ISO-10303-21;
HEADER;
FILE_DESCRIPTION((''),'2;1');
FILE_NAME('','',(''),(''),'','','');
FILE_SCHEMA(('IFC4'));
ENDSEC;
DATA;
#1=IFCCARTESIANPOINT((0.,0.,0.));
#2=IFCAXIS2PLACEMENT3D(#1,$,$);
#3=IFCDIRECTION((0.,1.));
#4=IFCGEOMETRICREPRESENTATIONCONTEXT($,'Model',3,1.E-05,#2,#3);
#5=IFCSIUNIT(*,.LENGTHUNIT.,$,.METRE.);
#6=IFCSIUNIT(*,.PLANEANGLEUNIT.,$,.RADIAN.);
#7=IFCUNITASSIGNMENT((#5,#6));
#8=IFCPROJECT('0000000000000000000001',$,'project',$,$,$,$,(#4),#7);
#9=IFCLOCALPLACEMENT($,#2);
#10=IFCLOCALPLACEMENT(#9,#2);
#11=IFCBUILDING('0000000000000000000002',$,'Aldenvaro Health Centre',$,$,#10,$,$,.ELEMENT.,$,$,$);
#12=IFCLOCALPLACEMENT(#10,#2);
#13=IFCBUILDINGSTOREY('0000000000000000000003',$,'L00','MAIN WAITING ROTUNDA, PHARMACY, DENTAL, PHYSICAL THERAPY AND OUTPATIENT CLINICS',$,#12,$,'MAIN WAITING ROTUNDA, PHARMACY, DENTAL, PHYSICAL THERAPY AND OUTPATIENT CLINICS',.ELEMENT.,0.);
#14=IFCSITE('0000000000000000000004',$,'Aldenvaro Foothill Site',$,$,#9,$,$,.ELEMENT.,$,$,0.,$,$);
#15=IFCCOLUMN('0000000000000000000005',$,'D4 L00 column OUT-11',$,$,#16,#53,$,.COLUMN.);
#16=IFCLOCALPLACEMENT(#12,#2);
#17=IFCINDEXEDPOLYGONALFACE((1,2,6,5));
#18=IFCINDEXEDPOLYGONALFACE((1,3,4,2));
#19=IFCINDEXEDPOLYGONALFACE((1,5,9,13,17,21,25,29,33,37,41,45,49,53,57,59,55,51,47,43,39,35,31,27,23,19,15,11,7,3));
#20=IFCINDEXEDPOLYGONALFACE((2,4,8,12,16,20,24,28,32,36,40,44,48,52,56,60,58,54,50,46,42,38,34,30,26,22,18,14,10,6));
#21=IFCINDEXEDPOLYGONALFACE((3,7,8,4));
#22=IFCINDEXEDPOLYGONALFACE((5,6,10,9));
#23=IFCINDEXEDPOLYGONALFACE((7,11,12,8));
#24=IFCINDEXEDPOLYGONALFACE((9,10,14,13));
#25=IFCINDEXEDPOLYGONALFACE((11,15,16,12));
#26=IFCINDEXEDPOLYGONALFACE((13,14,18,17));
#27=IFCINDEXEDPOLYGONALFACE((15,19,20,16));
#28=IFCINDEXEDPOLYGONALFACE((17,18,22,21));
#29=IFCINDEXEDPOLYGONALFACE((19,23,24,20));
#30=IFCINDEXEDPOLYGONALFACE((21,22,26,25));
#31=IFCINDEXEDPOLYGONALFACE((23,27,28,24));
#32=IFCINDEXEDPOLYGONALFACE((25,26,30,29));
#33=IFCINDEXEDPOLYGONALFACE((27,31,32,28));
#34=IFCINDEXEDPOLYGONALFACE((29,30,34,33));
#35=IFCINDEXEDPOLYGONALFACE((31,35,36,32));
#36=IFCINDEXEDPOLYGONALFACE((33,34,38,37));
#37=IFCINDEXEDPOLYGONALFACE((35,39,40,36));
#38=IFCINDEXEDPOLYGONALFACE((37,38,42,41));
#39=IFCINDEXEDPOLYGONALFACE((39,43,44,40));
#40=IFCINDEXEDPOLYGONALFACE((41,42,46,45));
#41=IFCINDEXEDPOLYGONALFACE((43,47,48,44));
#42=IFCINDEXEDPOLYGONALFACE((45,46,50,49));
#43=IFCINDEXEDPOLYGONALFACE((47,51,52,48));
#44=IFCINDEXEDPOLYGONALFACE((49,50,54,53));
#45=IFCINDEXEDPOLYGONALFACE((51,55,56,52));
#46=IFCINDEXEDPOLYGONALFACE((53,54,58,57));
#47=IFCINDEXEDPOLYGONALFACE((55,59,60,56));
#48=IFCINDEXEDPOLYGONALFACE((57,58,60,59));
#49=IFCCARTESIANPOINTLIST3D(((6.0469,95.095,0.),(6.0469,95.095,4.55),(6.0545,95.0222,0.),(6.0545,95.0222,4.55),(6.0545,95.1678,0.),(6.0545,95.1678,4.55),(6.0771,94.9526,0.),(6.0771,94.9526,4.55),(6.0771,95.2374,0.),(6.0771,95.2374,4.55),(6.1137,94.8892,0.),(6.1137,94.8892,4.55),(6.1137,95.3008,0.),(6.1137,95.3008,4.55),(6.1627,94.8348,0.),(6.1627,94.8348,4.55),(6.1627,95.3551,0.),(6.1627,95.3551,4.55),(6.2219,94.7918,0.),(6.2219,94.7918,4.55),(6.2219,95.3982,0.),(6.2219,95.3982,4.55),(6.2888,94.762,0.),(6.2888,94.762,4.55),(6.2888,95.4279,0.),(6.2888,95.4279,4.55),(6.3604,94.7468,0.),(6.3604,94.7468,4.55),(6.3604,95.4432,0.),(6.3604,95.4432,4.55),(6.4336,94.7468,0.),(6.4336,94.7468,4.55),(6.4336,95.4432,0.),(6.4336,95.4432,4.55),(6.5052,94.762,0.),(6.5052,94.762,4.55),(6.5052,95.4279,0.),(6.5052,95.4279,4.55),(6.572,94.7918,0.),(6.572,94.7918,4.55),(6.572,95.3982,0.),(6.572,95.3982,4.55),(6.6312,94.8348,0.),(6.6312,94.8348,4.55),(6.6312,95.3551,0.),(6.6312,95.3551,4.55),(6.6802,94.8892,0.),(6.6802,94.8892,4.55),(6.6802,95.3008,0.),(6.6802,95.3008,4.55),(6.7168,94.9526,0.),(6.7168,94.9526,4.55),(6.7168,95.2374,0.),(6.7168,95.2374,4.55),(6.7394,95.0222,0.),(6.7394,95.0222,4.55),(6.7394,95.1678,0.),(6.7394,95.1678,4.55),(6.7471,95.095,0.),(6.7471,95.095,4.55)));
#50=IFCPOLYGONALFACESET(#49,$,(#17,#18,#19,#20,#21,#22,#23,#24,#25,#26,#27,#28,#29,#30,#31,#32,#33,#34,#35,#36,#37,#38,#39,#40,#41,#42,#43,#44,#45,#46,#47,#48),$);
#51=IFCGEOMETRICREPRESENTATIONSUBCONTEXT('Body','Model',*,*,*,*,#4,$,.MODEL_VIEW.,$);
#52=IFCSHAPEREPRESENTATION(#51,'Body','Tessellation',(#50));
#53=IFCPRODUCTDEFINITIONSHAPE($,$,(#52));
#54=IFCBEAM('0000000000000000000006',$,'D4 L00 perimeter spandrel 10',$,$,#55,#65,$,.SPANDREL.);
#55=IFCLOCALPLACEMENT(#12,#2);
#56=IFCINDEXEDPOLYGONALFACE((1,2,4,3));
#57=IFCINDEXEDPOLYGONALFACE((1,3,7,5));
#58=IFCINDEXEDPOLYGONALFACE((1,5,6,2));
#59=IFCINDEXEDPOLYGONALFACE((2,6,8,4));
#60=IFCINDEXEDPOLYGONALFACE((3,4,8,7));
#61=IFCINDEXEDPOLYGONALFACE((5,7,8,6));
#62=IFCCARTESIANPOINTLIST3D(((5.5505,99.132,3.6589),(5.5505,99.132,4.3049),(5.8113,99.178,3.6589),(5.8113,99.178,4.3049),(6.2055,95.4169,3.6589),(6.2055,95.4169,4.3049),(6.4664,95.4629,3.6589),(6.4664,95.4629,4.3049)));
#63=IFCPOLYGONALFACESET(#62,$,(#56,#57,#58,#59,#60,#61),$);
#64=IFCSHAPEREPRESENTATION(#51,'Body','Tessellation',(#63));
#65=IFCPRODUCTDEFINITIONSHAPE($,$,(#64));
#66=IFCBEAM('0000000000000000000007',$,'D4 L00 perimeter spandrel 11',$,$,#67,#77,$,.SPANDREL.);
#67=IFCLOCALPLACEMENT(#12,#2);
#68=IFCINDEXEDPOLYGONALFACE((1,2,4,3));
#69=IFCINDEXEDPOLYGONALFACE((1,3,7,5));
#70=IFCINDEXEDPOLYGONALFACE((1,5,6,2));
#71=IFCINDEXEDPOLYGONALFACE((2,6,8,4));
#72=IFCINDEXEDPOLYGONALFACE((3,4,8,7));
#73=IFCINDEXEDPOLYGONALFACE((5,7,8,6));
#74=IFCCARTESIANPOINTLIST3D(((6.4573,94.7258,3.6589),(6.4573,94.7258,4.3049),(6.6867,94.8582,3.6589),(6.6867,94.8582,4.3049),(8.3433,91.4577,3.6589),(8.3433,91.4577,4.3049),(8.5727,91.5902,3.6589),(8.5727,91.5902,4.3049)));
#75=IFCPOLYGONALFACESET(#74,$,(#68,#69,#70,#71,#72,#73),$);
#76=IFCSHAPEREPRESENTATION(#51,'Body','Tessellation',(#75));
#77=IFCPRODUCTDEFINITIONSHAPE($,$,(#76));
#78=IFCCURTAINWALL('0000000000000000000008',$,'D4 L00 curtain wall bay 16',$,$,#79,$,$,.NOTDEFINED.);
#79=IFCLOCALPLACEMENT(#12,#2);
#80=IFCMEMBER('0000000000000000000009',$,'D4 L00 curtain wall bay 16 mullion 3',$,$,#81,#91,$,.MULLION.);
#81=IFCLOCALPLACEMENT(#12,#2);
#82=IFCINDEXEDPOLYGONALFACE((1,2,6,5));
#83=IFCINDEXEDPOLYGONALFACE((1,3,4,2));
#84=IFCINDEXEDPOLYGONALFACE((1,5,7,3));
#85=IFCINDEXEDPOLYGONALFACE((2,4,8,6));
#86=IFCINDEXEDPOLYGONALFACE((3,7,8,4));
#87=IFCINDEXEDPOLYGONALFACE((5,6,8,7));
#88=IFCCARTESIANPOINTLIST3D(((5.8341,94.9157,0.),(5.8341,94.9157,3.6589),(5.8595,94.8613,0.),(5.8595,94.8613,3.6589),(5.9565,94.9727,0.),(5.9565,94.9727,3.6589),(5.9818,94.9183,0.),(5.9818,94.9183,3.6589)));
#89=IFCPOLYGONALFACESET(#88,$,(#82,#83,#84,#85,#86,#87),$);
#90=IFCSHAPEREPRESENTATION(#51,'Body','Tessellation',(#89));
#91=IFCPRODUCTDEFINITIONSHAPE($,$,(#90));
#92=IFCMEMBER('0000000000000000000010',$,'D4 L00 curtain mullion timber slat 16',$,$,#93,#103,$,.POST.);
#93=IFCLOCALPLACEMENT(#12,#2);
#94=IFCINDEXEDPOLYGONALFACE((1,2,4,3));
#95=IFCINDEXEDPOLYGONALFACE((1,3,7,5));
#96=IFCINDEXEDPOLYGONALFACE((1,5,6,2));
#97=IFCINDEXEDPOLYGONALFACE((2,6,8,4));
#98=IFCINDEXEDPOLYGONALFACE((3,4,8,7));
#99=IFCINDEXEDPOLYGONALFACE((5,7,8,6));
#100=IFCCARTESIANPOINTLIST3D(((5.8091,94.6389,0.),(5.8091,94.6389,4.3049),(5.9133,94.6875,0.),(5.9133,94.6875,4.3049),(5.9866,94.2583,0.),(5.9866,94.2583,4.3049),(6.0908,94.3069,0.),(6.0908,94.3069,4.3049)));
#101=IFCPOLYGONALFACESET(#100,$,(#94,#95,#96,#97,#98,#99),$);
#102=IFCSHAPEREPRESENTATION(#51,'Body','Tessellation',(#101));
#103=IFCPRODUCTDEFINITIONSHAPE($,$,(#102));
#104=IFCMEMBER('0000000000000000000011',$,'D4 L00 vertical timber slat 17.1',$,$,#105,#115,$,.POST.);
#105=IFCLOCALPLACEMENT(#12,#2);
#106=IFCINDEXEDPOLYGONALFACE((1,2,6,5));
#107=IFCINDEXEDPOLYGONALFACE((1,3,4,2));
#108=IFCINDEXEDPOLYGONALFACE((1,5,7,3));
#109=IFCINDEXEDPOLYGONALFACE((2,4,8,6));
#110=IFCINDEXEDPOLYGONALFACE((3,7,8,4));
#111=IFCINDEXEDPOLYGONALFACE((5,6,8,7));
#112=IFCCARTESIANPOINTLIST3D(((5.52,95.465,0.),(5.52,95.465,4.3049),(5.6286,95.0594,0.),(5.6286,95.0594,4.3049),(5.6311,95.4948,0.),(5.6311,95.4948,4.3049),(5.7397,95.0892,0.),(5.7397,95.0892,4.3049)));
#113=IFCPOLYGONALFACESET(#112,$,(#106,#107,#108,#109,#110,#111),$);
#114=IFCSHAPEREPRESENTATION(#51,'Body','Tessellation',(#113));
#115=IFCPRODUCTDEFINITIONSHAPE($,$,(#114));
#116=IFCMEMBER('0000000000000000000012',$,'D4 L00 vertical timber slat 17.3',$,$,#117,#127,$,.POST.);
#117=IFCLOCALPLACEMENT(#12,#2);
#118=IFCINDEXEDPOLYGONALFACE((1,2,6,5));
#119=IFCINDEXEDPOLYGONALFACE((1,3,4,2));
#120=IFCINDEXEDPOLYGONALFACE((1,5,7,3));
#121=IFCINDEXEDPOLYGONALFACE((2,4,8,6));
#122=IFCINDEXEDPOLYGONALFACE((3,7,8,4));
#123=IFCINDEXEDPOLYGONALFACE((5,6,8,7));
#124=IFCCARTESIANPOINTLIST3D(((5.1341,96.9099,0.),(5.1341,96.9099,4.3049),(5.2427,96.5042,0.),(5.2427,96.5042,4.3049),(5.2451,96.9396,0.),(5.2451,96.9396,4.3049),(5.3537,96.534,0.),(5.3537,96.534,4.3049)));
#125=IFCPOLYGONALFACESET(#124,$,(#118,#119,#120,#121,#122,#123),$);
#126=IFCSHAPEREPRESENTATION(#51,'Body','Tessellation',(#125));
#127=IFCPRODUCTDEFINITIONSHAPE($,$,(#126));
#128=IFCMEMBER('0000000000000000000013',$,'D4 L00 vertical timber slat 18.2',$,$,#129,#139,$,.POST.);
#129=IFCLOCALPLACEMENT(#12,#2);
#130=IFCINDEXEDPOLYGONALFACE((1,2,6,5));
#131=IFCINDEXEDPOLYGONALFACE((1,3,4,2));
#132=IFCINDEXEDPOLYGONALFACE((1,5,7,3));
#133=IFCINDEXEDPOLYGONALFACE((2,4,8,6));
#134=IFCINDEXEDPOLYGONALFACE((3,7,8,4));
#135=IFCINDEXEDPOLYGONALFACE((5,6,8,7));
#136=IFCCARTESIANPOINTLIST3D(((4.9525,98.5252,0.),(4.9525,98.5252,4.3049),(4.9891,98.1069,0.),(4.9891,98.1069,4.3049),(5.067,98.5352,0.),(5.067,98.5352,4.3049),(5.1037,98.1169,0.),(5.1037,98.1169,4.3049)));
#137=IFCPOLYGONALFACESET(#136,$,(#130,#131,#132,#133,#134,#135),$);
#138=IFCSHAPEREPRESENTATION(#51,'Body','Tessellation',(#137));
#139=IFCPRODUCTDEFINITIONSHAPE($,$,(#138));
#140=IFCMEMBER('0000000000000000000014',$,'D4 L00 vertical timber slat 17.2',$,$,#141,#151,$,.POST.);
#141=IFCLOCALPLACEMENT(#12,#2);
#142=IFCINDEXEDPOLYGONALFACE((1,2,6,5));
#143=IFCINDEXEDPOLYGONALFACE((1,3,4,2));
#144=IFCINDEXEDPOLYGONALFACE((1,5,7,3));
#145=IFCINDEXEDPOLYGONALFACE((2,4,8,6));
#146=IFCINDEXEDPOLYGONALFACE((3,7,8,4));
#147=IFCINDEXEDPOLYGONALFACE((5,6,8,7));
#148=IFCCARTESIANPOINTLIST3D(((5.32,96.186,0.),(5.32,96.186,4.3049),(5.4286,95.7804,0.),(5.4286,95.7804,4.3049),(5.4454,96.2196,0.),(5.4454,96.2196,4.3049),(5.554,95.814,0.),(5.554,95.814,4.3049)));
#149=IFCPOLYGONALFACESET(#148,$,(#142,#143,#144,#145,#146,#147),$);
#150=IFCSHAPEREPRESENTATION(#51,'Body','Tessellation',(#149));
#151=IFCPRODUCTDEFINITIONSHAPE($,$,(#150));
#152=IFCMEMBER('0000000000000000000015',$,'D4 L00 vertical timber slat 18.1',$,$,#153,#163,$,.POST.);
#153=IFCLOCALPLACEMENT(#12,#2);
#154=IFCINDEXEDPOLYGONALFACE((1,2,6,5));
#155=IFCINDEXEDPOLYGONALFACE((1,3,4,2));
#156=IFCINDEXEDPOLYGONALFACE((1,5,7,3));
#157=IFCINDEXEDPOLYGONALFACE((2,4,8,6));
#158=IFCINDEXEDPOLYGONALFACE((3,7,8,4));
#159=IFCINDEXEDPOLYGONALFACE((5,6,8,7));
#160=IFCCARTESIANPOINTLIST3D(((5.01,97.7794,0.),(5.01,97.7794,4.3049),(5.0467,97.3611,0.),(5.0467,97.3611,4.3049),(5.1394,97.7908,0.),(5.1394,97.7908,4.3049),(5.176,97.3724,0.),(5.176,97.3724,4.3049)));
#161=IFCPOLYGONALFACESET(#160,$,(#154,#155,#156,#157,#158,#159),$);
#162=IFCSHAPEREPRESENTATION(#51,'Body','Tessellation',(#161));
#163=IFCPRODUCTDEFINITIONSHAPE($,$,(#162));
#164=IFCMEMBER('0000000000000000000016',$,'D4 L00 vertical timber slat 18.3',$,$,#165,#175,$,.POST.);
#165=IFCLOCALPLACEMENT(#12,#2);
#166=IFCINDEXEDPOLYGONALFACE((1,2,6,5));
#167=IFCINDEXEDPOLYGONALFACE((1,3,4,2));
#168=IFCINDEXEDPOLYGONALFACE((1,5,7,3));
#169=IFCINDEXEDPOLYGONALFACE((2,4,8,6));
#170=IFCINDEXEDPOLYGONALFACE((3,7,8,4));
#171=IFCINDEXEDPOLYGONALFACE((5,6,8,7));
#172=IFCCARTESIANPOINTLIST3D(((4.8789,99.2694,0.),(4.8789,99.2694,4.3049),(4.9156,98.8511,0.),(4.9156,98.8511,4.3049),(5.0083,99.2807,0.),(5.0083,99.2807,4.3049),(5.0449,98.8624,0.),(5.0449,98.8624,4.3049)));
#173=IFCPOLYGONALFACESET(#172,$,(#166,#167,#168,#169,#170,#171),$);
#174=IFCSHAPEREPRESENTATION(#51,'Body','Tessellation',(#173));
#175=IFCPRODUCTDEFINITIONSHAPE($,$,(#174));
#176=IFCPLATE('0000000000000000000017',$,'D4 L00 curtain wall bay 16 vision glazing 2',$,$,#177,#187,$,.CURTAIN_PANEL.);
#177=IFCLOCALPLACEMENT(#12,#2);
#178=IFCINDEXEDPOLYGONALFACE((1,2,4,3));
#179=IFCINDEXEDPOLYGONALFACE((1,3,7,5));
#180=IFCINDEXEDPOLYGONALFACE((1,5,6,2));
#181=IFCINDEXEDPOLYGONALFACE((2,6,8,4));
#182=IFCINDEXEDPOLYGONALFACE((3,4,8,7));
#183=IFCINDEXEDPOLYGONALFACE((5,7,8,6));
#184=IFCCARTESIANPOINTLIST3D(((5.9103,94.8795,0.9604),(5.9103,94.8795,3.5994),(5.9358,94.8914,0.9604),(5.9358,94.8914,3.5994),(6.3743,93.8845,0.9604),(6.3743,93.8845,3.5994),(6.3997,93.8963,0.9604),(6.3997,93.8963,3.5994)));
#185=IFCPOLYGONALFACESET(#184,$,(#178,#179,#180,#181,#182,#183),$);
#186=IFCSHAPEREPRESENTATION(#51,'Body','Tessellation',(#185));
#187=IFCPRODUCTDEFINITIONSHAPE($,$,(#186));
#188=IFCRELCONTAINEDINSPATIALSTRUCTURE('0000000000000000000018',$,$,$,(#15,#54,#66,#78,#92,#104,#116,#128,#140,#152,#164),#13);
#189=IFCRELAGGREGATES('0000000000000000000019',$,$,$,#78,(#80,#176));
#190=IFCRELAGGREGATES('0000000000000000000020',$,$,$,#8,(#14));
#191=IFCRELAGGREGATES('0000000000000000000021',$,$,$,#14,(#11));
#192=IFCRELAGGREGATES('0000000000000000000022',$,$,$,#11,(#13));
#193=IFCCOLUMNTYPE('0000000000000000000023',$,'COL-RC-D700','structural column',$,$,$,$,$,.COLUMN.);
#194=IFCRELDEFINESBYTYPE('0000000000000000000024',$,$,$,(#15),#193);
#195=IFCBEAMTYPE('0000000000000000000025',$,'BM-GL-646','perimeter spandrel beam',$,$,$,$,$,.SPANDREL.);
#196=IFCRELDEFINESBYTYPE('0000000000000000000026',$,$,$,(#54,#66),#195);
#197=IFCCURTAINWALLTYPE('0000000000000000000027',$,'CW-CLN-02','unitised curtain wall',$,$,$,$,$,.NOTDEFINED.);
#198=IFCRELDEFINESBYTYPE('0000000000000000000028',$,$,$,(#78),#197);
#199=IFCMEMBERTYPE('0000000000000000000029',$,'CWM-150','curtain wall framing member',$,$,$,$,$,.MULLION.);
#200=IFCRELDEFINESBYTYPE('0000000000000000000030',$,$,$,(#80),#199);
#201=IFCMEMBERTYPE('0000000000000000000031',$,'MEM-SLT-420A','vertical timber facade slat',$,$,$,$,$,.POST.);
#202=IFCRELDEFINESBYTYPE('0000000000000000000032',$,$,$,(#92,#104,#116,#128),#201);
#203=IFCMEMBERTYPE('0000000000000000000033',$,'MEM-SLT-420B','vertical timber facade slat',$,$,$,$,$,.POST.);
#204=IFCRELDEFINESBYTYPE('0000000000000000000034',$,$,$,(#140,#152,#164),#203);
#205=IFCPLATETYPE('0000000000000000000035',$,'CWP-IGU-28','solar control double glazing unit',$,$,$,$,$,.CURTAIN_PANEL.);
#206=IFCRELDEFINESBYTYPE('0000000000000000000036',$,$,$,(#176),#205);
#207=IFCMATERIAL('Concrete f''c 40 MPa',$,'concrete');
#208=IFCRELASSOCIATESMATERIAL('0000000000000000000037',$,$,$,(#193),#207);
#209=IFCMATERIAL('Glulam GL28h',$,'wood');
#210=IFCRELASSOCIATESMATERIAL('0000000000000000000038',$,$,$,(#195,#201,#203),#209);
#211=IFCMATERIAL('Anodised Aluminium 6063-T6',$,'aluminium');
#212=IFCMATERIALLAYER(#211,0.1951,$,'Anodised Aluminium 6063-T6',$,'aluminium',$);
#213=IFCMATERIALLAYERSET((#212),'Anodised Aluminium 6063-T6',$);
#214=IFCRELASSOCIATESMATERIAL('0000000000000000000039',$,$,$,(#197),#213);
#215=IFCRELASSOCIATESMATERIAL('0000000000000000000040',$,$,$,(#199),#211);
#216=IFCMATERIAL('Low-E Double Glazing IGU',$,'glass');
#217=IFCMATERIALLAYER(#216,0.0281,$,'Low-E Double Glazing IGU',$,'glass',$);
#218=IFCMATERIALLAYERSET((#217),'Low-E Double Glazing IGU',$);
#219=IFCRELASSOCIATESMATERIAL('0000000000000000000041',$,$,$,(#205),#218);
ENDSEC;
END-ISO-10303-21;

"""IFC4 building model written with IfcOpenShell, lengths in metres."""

from ifc_helpers import new_model, si_unit, direction, frame, origin, origin_2d, place, context, subcontext, project, spatial, rectangle, circle, extrude, material, layer, layer_set, material_profile, profile_set, type_object, element, aggregate, save


model = new_model("IFC4")

# Units and contexts
model_context = context("Model", 3, precision=1e-05, world=origin(), true_north=direction((0.0, 1.0)))
body_context = subcontext(model_context, "Body", "Model", "MODEL_VIEW")
ifc_project = project(units=[si_unit("LENGTHUNIT", "METRE"), si_unit("PLANEANGLEUNIT", "RADIAN")], contexts=[model_context])

# Site, building, storey
site_placement = place(None, origin())
site = spatial("IfcSite", under=ifc_project, at=site_placement, Name="Aldenvaro Foothill Site", CompositionType="ELEMENT", RefElevation=0.0)
building_placement = place(site_placement, origin())
building = spatial("IfcBuilding", under=site, at=building_placement, Name="Aldenvaro Health Centre", CompositionType="ELEMENT")
storey_placement = place(building_placement, origin())
storey = spatial("IfcBuildingStorey", under=building, at=storey_placement, Name="L00", Description="MAIN WAITING ROTUNDA, PHARMACY, DENTAL, PHYSICAL THERAPY AND OUTPATIENT CLINICS", LongName="MAIN WAITING ROTUNDA, PHARMACY, DENTAL, PHYSICAL THERAPY AND OUTPATIENT CLINICS", CompositionType="ELEMENT", Elevation=0.0)

# Column
ifc_material_1 = material(Name="Concrete f'c 40 MPa", Category="concrete")
ifc_material_profile_1 = material_profile(ifc_material_1, circle(Radius=0.3501, at=origin_2d()), Name="RC D700", Category="concrete")
ifc_profile_set_1 = profile_set([ifc_material_profile_1], Name="Concrete f'c 40 MPa")
column_type = type_object("IfcColumnType", Name="COL-RC-D700", Description="structural column", PredefinedType="COLUMN", material=ifc_profile_set_1)
column_placement = place(storey_placement, frame((6.397, 95.095, 0.0), z_axis=(0.0, 0.0, 1.0), x_axis=(1.0, 0.0, 0.0)))
element("IfcColumn", 1, at=column_placement, inside=storey, type_object=column_type, Name="D4 L00 column OUT-11", PredefinedType="COLUMN", context=body_context, shape_type="SweptSolid", body=[
    extrude(circle(Radius=0.3501, at=origin_2d()), origin(), (0.0, 0.0, 1.0), 4.55),
])

# Beams
ifc_material_2 = material(Name="Glulam GL28h", Category="wood")
ifc_material_profile_2 = material_profile(ifc_material_2, rectangle(XDim=0.2649, YDim=0.646, at=origin_2d()), Name="GL 265x646", Category="wood")
ifc_profile_set_2 = profile_set([ifc_material_profile_2], Name="Glulam GL28h")
beam_type = type_object("IfcBeamType", Name="BM-GL-646", Description="perimeter spandrel beam", PredefinedType="SPANDREL", material=ifc_profile_set_2)
beam_1_placement = place(storey_placement, frame((5.6809, 99.155, 3.9819), z_axis=(0.173638, -0.98481, 0.0), x_axis=(0.98481, 0.173638, 0.0)))
element("IfcBeam", 2, at=beam_1_placement, inside=storey, type_object=beam_type, Name="D4 L00 perimeter spandrel 10", PredefinedType="SPANDREL", context=body_context, shape_type="SweptSolid", body=[
    extrude(rectangle(XDim=0.2649, YDim=0.646, at=origin_2d()), origin(), (0.0, 0.0, 1.0), 3.7725),
])
beam_2_placement = place(storey_placement, frame((6.572, 94.792, 3.9819), z_axis=(0.499834, -0.866121, 0.0), x_axis=(0.866121, 0.499834, 0.0)))
element("IfcBeam", 3, at=beam_2_placement, inside=storey, type_object=beam_type, Name="D4 L00 perimeter spandrel 11", PredefinedType="SPANDREL", context=body_context, shape_type="SweptSolid", body=[
    extrude(rectangle(XDim=0.2649, YDim=0.646, at=origin_2d()), origin(), (0.0, 0.0, 1.0), 3.7732),
])

# Curtain wall, member
ifc_material_3 = material(Name="Anodised Aluminium 6063-T6", Category="aluminium")
ifc_layer_1 = layer(ifc_material_3, 0.1951, Name="Anodised Aluminium 6063-T6", Category="aluminium")
ifc_layer_set_1 = layer_set([ifc_layer_1], Name="Anodised Aluminium 6063-T6")
curtain_wall_type = type_object("IfcCurtainWallType", Name="CW-CLN-02", Description="unitised curtain wall", PredefinedType="NOTDEFINED", material=ifc_layer_set_1)
curtain_wall_placement = place(storey_placement, origin())
curtain_wall = element("IfcCurtainWall", 4, at=curtain_wall_placement, inside=storey, type_object=curtain_wall_type, Name="D4 L00 curtain wall bay 16", PredefinedType="NOTDEFINED")
ifc_material_profile_3 = material_profile(ifc_material_3, rectangle(XDim=0.0601, YDim=0.135, at=origin_2d()), Name="ALU 60x135", Category="aluminium")
ifc_profile_set_3 = profile_set([ifc_material_profile_3], Name="Anodised Aluminium 6063-T6")
member_type_1 = type_object("IfcMemberType", Name="CWM-150", Description="curtain wall framing member", PredefinedType="MULLION", material=ifc_profile_set_3)
member_placement = place(storey_placement, frame((5.908, 94.917, 0.0), z_axis=(0.0, 0.0, 1.0), x_axis=(-0.422557, 0.906336, 0.0)))
member = element("IfcMember", 5, at=member_placement, type_object=member_type_1, Name="D4 L00 curtain wall bay 16 mullion 3", PredefinedType="MULLION", context=body_context, shape_type="SweptSolid", body=[
    extrude(rectangle(XDim=0.0601, YDim=0.135, at=origin_2d()), origin(), (0.0, 0.0, 1.0), 3.6589),
])

# Members
ifc_material_profile_4 = material_profile(ifc_material_2, rectangle(XDim=0.115, YDim=0.4199, at=origin_2d()), Name="GL 115x420", Category="wood")
ifc_profile_set_4 = profile_set([ifc_material_profile_4], Name="Glulam GL28h")
member_type_2 = type_object("IfcMemberType", Name="MEM-SLT-420A", Description="vertical timber facade slat", PredefinedType="POST", material=ifc_profile_set_4)
for number, where, z_axis, x_axis, name in (
    (6, (5.95, 94.4729, 0.0), (0.0, 0.0, 1.0), (-0.906336, -0.422557, 0.0), "D4 L00 curtain mullion timber slat 16"),
    (7, (5.6299, 95.2771, 0.0), (0.0, 0.0, 1.0), (-0.965979, -0.258622, 0.0), "D4 L00 vertical timber slat 17.1"),
    (8, (5.2439, 96.7219, 0.0), (0.0, 0.0, 1.0), (-0.965979, -0.258622, 0.0), "D4 L00 vertical timber slat 17.3"),
    (9, (5.0281, 98.321, 0.0), (0.0, 0.0, 1.0), (-0.996179, -0.087332, 0.0), "D4 L00 vertical timber slat 18.2"),
):
    element("IfcMember", number, at=place(storey_placement, frame(where, z_axis=z_axis, x_axis=x_axis)), inside=storey, type_object=member_type_2, Name=name, PredefinedType="POST", context=body_context, shape_type="SweptSolid", body=[
        extrude(rectangle(XDim=0.115, YDim=0.4199, at=origin_2d()), origin(), (0.0, 0.0, 1.0), 4.3049),
    ])
ifc_material_profile_5 = material_profile(ifc_material_2, rectangle(XDim=0.1299, YDim=0.4199, at=origin_2d()), Name="GL 130x420", Category="wood")
ifc_profile_set_5 = profile_set([ifc_material_profile_5], Name="Glulam GL28h")
member_type_3 = type_object("IfcMemberType", Name="MEM-SLT-420B", Description="vertical timber facade slat", PredefinedType="POST", material=ifc_profile_set_5)
for number, where, z_axis, x_axis, name in (
    (10, (5.437, 96.0, 0.0), (0.0, 0.0, 1.0), (-0.965979, -0.258622, 0.0), "D4 L00 vertical timber slat 17.2"),
    (11, (5.093, 97.5759, 0.0), (0.0, 0.0, 1.0), (-0.996179, -0.087332, 0.0), "D4 L00 vertical timber slat 18.1"),
    (12, (4.9619, 99.0659, 0.0), (0.0, 0.0, 1.0), (-0.996179, -0.087332, 0.0), "D4 L00 vertical timber slat 18.3"),
):
    element("IfcMember", number, at=place(storey_placement, frame(where, z_axis=z_axis, x_axis=x_axis)), inside=storey, type_object=member_type_3, Name=name, PredefinedType="POST", context=body_context, shape_type="SweptSolid", body=[
        extrude(rectangle(XDim=0.1299, YDim=0.4199, at=origin_2d()), origin(), (0.0, 0.0, 1.0), 4.3049),
    ])

# Plate
ifc_material_4 = material(Name="Low-E Double Glazing IGU", Category="glass")
ifc_layer_2 = layer(ifc_material_4, 0.0281, Name="Low-E Double Glazing IGU", Category="glass")
ifc_layer_set_2 = layer_set([ifc_layer_2], Name="Low-E Double Glazing IGU")
plate_type_1 = type_object("IfcPlateType", Name="CWP-IGU-28", Description="solar control double glazing unit", PredefinedType="CURTAIN_PANEL", material=ifc_layer_set_2)
plate_1_placement = place(storey_placement, frame((6.155, 94.3879, 0.9604), z_axis=(0.0, 0.0, 1.0), x_axis=(-0.422557, 0.906336, 0.0)))
plate_1 = element("IfcPlate", 13, at=plate_1_placement, type_object=plate_type_1, Name="D4 L00 curtain wall bay 16 vision glazing 2", PredefinedType="CURTAIN_PANEL", context=body_context, shape_type="SweptSolid", body=[
    extrude(rectangle(XDim=1.0979, YDim=0.0281, at=origin_2d()), origin(), (0.0, 0.0, 1.0), 2.6389),
])
aggregate(curtain_wall, [member, plate_1])

save(model, "model.ifc")
